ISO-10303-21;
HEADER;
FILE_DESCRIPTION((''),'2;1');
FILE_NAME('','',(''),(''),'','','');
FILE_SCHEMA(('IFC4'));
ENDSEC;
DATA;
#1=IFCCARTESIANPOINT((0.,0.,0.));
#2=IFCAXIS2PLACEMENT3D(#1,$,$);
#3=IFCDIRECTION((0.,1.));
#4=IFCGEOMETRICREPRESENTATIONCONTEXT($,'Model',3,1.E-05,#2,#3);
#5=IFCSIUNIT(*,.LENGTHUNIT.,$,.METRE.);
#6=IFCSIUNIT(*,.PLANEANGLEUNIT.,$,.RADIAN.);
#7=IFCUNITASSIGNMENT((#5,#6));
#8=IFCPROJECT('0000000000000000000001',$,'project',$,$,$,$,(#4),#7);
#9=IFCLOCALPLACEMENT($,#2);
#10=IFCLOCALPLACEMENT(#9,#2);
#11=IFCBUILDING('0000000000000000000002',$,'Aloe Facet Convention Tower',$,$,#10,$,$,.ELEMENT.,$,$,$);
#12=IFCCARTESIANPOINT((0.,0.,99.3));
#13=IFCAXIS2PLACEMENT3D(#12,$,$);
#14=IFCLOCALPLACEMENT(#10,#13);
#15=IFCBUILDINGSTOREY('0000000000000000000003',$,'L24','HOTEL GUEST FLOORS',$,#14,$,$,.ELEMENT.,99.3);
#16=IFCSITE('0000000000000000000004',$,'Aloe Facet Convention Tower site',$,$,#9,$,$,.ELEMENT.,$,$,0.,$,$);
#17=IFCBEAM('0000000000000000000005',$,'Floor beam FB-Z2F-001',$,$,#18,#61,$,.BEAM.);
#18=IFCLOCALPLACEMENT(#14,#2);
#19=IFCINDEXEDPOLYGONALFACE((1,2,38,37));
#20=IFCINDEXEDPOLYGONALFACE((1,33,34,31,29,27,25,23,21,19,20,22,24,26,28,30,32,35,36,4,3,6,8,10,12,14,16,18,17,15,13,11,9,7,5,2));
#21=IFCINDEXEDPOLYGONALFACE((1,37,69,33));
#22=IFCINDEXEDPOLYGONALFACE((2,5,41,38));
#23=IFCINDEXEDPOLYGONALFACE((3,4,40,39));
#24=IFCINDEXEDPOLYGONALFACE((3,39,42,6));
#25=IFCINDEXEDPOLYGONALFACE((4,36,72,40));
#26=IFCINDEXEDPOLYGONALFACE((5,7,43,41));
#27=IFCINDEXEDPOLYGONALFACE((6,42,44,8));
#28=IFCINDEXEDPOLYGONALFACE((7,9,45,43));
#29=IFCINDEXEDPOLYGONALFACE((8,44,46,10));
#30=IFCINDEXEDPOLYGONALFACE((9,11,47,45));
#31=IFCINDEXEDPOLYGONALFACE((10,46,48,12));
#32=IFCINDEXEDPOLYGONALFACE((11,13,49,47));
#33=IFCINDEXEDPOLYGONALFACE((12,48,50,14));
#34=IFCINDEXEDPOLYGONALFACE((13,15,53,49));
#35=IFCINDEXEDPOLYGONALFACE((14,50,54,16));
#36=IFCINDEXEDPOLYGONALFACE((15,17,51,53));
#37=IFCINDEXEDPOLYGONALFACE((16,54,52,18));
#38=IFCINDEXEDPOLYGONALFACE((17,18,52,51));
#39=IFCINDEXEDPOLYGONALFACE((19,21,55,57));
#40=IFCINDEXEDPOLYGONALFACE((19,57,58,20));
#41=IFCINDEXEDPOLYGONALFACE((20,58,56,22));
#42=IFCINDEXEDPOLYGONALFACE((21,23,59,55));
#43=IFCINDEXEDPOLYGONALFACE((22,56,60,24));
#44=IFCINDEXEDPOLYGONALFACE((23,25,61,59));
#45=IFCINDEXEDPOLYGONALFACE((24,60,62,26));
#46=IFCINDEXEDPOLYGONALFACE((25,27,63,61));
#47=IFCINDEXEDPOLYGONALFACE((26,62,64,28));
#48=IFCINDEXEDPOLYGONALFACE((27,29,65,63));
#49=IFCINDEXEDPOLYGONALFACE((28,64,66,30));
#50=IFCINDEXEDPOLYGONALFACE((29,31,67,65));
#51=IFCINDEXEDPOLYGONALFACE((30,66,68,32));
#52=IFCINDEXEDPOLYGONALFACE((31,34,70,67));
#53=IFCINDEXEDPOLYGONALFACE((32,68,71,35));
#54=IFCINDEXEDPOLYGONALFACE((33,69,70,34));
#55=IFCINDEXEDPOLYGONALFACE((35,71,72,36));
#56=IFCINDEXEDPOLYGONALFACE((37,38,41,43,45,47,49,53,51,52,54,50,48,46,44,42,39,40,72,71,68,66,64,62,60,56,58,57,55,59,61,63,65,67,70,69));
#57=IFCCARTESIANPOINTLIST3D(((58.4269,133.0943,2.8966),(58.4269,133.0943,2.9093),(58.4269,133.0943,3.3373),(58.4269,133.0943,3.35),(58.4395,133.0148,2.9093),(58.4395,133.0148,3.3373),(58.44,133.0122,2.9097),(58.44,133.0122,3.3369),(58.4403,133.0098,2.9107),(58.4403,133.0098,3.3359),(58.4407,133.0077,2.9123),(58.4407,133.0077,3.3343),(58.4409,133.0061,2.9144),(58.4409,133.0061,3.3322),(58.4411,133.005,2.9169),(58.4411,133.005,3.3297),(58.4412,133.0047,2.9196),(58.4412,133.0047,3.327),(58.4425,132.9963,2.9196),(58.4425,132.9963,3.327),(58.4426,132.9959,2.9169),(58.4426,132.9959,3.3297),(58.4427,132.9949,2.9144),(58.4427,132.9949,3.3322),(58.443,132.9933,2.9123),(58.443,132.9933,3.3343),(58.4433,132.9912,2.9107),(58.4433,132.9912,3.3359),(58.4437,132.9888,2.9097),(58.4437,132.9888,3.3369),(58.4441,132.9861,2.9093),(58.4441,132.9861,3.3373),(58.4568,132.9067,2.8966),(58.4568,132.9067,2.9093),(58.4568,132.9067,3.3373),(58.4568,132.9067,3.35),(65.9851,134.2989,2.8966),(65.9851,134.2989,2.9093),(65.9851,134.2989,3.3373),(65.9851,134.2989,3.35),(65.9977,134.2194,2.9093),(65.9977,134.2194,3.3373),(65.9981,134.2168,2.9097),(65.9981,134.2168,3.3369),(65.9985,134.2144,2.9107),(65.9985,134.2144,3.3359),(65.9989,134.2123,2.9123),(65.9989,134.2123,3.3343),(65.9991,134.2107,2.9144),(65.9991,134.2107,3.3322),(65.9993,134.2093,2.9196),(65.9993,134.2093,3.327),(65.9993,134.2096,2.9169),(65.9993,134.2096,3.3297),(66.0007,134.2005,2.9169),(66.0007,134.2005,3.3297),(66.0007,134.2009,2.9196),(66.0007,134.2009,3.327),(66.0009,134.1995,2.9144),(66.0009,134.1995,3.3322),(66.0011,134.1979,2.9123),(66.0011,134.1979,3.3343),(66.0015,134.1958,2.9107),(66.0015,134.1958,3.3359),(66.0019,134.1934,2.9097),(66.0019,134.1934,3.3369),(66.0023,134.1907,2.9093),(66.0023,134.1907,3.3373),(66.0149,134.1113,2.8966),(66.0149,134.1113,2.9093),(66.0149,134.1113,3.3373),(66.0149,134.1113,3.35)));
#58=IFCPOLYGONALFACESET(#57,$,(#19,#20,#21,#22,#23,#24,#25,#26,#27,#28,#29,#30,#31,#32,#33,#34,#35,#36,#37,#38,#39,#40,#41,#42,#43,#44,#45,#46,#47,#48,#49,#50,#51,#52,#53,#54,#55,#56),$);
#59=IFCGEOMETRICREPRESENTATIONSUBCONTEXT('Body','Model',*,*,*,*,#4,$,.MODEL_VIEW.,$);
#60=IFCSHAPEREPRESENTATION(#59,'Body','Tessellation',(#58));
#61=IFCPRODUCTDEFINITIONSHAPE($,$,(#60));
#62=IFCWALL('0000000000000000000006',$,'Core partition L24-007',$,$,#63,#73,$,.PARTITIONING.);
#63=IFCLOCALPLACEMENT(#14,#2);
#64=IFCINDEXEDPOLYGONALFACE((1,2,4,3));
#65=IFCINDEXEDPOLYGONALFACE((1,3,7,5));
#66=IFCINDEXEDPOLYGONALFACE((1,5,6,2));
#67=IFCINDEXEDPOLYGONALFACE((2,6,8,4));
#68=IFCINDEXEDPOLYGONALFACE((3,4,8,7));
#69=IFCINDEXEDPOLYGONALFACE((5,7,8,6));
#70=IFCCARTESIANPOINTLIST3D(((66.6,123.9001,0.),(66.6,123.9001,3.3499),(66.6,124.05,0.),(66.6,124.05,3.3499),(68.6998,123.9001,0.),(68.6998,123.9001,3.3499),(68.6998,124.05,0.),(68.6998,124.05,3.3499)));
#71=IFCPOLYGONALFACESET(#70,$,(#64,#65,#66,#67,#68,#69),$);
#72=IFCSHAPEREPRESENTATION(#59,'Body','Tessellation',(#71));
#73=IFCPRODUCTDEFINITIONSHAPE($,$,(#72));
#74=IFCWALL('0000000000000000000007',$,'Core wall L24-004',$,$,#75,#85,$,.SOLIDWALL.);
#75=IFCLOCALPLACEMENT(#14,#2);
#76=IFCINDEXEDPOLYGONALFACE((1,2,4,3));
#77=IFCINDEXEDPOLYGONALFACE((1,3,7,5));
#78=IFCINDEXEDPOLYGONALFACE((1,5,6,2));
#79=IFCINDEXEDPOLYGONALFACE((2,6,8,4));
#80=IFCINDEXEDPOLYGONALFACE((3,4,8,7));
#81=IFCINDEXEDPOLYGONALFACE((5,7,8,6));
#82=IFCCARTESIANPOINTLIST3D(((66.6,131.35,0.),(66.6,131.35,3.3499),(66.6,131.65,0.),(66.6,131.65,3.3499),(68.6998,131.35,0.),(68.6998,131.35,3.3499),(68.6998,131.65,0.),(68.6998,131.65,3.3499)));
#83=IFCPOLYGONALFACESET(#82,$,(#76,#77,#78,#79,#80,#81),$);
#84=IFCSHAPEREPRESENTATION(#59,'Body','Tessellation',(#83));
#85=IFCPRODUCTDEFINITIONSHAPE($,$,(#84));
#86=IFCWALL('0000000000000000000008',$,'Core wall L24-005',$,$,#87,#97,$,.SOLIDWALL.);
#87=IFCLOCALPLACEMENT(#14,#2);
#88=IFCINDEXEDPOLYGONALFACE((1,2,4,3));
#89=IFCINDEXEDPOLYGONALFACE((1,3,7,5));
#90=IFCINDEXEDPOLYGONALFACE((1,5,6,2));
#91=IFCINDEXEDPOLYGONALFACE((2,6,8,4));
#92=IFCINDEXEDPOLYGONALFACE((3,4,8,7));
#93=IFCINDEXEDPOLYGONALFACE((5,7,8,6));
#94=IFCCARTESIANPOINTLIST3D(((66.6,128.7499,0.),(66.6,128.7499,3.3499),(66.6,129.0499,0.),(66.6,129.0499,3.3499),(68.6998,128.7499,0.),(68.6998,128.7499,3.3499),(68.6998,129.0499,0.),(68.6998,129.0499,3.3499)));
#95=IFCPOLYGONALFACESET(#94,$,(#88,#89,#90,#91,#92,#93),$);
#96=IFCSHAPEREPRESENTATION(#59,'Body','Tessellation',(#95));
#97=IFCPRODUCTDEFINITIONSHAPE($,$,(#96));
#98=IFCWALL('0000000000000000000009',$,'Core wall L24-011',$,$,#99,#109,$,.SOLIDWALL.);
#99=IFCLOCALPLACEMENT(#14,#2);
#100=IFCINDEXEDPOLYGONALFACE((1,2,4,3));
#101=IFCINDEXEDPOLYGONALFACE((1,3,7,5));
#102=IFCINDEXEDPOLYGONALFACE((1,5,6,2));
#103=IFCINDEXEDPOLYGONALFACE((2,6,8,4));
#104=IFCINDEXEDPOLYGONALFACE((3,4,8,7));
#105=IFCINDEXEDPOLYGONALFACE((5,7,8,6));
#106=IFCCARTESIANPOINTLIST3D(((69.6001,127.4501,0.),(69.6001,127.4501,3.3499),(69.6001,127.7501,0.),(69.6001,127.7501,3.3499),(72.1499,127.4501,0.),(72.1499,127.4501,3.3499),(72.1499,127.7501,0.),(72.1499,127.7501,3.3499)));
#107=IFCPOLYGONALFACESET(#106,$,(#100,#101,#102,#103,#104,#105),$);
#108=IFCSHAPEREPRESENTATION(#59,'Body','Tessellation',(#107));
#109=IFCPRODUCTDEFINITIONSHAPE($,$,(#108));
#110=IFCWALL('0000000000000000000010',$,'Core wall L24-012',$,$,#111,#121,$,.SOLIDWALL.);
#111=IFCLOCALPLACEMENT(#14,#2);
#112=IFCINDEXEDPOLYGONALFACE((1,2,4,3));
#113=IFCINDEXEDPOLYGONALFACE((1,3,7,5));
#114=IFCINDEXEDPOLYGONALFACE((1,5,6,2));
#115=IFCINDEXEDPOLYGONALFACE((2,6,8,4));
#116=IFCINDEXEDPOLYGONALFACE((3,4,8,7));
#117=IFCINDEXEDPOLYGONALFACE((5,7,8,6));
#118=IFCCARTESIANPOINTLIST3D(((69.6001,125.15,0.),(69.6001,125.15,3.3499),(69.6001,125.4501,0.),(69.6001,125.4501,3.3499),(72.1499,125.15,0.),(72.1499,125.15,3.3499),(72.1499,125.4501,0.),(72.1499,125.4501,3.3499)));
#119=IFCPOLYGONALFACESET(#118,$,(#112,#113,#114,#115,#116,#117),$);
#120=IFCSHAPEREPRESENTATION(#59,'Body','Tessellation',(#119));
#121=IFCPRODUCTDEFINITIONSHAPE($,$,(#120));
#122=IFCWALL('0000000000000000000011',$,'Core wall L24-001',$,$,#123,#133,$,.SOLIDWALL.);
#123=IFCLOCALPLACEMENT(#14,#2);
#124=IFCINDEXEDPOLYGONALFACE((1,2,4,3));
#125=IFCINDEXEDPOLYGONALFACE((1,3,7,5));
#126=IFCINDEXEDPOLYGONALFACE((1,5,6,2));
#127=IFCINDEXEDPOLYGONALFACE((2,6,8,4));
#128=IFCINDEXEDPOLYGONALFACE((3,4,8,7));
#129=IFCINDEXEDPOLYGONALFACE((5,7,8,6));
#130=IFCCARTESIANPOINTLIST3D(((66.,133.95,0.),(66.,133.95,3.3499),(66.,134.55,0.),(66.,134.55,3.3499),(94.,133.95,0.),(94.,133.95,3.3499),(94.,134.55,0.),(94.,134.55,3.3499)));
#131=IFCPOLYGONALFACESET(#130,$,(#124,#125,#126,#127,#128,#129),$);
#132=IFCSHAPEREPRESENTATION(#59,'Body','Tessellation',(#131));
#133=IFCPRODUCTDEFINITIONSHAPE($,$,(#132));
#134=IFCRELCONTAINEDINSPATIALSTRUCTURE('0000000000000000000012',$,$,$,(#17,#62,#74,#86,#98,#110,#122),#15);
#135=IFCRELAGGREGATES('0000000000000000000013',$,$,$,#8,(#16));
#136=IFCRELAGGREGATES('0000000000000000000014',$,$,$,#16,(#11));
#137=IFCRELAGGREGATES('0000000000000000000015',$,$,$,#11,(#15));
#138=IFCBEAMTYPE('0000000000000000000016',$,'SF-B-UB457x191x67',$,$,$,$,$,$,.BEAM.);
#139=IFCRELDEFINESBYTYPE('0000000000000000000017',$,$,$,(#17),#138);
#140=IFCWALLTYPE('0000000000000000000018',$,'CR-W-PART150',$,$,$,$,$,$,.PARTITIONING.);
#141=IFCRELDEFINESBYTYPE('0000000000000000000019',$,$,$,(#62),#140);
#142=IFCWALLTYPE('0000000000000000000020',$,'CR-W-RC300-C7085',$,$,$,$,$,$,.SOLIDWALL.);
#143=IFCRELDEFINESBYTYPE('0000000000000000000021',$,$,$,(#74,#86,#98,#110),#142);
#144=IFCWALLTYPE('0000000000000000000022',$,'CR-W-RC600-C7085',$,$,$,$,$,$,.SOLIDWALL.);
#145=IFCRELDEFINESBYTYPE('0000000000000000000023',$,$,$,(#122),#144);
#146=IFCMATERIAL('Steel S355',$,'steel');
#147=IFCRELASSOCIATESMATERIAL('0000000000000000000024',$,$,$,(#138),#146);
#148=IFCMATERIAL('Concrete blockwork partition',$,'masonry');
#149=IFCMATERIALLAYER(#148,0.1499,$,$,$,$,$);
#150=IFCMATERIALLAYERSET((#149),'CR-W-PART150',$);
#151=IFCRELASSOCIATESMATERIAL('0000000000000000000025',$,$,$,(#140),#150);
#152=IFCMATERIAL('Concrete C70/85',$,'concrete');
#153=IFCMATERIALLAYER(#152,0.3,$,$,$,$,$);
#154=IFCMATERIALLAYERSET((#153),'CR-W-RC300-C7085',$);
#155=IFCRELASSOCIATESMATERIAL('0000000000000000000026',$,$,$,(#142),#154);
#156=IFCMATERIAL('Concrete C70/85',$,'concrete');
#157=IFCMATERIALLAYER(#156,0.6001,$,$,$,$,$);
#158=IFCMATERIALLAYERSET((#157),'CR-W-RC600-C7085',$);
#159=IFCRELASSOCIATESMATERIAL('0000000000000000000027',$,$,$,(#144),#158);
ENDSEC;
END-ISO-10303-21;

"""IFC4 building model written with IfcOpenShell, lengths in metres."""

from ifc_helpers import new_model, si_unit, direction, frame, frame_2d, origin, origin_2d, place, context, subcontext, project, spatial, rectangle, i_section, extrude, material, layer, layer_set, material_profile, profile_set, type_object, element, save


model = new_model("IFC4")

# Units and contexts
model_context = context("Model", 3, precision=1e-05, world=origin(), true_north=direction((0.0, 1.0)))
body_context = subcontext(model_context, "Body", "Model", "MODEL_VIEW")
ifc_project = project(units=[si_unit("LENGTHUNIT", "METRE"), si_unit("PLANEANGLEUNIT", "RADIAN")], contexts=[model_context])

# Site, building, storey
site_placement = place(None, origin())
site = spatial("IfcSite", under=ifc_project, at=site_placement, Name="Aloe Facet Convention Tower site", CompositionType="ELEMENT", RefElevation=0.0)
building_placement = place(site_placement, origin())
building = spatial("IfcBuilding", under=site, at=building_placement, Name="Aloe Facet Convention Tower", CompositionType="ELEMENT")
storey_placement = place(building_placement, frame((0.0, 0.0, 99.3)))
storey = spatial("IfcBuildingStorey", under=building, at=storey_placement, Name="L24", Description="HOTEL GUEST FLOORS", CompositionType="ELEMENT", Elevation=99.3)

# Beam
ifc_material_1 = material(Name="Steel S355", Category="steel")
ifc_material_profile = material_profile(ifc_material_1, i_section(OverallWidth=0.1899, OverallDepth=0.4534, WebThickness=0.0085, FlangeThickness=0.0127, FilletRadius=0.0103, at=origin_2d()), Name="UB 457x191x67")
ifc_profile_set = profile_set([ifc_material_profile], Name="Steel S355")
beam_type = type_object("IfcBeamType", Name="SF-B-UB457x191x67", PredefinedType="BEAM", material=ifc_profile_set)
beam_placement = place(storey_placement, frame((66.0, 134.2051, 3.1233), z_axis=(-0.987536, -0.157391, 0.0), x_axis=(0.157391, -0.987536, 0.0)))
element("IfcBeam", 1, at=beam_placement, inside=storey, type_object=beam_type, Name="Floor beam FB-Z2F-001", PredefinedType="BEAM", context=body_context, shape_type="SweptSolid", body=[
    extrude(i_section(OverallWidth=0.1899, OverallDepth=0.4534, WebThickness=0.0085, FlangeThickness=0.0127, FilletRadius=0.0103, at=origin_2d()), origin(), (0.0, 0.0, 1.0), 7.6536),
])

# Walls
ifc_material_2 = material(Name="Concrete blockwork partition", Category="masonry")
ifc_layer_1 = layer(ifc_material_2, 0.1499)
ifc_layer_set_1 = layer_set([ifc_layer_1], Name="CR-W-PART150")
wall_type_1 = type_object("IfcWallType", Name="CR-W-PART150", PredefinedType="PARTITIONING", material=ifc_layer_set_1)
wall_1_placement = place(storey_placement, frame((66.6001, 123.9751, 0.0), z_axis=(0.0, 0.0, 1.0), x_axis=(1.0, 0.0, 0.0)))
element("IfcWall", 2, at=wall_1_placement, inside=storey, type_object=wall_type_1, Name="Core partition L24-007", PredefinedType="PARTITIONING", context=body_context, shape_type="SweptSolid", body=[
    extrude(rectangle(XDim=2.0999, YDim=0.1499, at=frame_2d((1.0498, 0.0))), origin(), (0.0, 0.0, 1.0), 3.3499),
])
ifc_material_3 = material(Name="Concrete C70/85", Category="concrete")
ifc_layer_2 = layer(ifc_material_3, 0.3)
ifc_layer_set_2 = layer_set([ifc_layer_2], Name="CR-W-RC300-C7085")
wall_type_2 = type_object("IfcWallType", Name="CR-W-RC300-C7085", PredefinedType="SOLIDWALL", material=ifc_layer_set_2)
for number, where, z_axis, x_axis, name in (
    (3, (66.6001, 131.5, 0.0), (0.0, 0.0, 1.0), (1.0, 0.0, 0.0), "Core wall L24-004"),
    (4, (66.6001, 128.8999, 0.0), (0.0, 0.0, 1.0), (1.0, 0.0, 0.0), "Core wall L24-005"),
):
    element("IfcWall", number, at=place(storey_placement, frame(where, z_axis=z_axis, x_axis=x_axis)), inside=storey, type_object=wall_type_2, Name=name, PredefinedType="SOLIDWALL", context=body_context, shape_type="SweptSolid", body=[
        extrude(rectangle(XDim=2.0999, YDim=0.3, at=frame_2d((1.0498, 0.0))), origin(), (0.0, 0.0, 1.0), 3.3499),
    ])
for number, where, z_axis, x_axis, name in (
    (5, (69.6001, 127.6001, 0.0), (0.0, 0.0, 1.0), (1.0, 0.0, 0.0), "Core wall L24-011"),
    (6, (69.6001, 125.3, 0.0), (0.0, 0.0, 1.0), (1.0, 0.0, 0.0), "Core wall L24-012"),
):
    element("IfcWall", number, at=place(storey_placement, frame(where, z_axis=z_axis, x_axis=x_axis)), inside=storey, type_object=wall_type_2, Name=name, PredefinedType="SOLIDWALL", context=body_context, shape_type="SweptSolid", body=[
        extrude(rectangle(XDim=2.5498, YDim=0.3, at=frame_2d((1.2749, 0.0))), origin(), (0.0, 0.0, 1.0), 3.3499),
    ])
ifc_material_4 = material(Name="Concrete C70/85", Category="concrete")
ifc_layer_3 = layer(ifc_material_4, 0.6001)
ifc_layer_set_3 = layer_set([ifc_layer_3], Name="CR-W-RC600-C7085")
wall_type_3 = type_object("IfcWallType", Name="CR-W-RC600-C7085", PredefinedType="SOLIDWALL", material=ifc_layer_set_3)
wall_2_placement = place(storey_placement, frame((66.0, 134.25, 0.0), z_axis=(0.0, 0.0, 1.0), x_axis=(1.0, 0.0, 0.0)))
element("IfcWall", 7, at=wall_2_placement, inside=storey, type_object=wall_type_3, Name="Core wall L24-001", PredefinedType="SOLIDWALL", context=body_context, shape_type="SweptSolid", body=[
    extrude(rectangle(XDim=28.0, YDim=0.6001, at=frame_2d((14.0, 0.0))), origin(), (0.0, 0.0, 1.0), 3.3499),
])

save(model, "model.ifc")
